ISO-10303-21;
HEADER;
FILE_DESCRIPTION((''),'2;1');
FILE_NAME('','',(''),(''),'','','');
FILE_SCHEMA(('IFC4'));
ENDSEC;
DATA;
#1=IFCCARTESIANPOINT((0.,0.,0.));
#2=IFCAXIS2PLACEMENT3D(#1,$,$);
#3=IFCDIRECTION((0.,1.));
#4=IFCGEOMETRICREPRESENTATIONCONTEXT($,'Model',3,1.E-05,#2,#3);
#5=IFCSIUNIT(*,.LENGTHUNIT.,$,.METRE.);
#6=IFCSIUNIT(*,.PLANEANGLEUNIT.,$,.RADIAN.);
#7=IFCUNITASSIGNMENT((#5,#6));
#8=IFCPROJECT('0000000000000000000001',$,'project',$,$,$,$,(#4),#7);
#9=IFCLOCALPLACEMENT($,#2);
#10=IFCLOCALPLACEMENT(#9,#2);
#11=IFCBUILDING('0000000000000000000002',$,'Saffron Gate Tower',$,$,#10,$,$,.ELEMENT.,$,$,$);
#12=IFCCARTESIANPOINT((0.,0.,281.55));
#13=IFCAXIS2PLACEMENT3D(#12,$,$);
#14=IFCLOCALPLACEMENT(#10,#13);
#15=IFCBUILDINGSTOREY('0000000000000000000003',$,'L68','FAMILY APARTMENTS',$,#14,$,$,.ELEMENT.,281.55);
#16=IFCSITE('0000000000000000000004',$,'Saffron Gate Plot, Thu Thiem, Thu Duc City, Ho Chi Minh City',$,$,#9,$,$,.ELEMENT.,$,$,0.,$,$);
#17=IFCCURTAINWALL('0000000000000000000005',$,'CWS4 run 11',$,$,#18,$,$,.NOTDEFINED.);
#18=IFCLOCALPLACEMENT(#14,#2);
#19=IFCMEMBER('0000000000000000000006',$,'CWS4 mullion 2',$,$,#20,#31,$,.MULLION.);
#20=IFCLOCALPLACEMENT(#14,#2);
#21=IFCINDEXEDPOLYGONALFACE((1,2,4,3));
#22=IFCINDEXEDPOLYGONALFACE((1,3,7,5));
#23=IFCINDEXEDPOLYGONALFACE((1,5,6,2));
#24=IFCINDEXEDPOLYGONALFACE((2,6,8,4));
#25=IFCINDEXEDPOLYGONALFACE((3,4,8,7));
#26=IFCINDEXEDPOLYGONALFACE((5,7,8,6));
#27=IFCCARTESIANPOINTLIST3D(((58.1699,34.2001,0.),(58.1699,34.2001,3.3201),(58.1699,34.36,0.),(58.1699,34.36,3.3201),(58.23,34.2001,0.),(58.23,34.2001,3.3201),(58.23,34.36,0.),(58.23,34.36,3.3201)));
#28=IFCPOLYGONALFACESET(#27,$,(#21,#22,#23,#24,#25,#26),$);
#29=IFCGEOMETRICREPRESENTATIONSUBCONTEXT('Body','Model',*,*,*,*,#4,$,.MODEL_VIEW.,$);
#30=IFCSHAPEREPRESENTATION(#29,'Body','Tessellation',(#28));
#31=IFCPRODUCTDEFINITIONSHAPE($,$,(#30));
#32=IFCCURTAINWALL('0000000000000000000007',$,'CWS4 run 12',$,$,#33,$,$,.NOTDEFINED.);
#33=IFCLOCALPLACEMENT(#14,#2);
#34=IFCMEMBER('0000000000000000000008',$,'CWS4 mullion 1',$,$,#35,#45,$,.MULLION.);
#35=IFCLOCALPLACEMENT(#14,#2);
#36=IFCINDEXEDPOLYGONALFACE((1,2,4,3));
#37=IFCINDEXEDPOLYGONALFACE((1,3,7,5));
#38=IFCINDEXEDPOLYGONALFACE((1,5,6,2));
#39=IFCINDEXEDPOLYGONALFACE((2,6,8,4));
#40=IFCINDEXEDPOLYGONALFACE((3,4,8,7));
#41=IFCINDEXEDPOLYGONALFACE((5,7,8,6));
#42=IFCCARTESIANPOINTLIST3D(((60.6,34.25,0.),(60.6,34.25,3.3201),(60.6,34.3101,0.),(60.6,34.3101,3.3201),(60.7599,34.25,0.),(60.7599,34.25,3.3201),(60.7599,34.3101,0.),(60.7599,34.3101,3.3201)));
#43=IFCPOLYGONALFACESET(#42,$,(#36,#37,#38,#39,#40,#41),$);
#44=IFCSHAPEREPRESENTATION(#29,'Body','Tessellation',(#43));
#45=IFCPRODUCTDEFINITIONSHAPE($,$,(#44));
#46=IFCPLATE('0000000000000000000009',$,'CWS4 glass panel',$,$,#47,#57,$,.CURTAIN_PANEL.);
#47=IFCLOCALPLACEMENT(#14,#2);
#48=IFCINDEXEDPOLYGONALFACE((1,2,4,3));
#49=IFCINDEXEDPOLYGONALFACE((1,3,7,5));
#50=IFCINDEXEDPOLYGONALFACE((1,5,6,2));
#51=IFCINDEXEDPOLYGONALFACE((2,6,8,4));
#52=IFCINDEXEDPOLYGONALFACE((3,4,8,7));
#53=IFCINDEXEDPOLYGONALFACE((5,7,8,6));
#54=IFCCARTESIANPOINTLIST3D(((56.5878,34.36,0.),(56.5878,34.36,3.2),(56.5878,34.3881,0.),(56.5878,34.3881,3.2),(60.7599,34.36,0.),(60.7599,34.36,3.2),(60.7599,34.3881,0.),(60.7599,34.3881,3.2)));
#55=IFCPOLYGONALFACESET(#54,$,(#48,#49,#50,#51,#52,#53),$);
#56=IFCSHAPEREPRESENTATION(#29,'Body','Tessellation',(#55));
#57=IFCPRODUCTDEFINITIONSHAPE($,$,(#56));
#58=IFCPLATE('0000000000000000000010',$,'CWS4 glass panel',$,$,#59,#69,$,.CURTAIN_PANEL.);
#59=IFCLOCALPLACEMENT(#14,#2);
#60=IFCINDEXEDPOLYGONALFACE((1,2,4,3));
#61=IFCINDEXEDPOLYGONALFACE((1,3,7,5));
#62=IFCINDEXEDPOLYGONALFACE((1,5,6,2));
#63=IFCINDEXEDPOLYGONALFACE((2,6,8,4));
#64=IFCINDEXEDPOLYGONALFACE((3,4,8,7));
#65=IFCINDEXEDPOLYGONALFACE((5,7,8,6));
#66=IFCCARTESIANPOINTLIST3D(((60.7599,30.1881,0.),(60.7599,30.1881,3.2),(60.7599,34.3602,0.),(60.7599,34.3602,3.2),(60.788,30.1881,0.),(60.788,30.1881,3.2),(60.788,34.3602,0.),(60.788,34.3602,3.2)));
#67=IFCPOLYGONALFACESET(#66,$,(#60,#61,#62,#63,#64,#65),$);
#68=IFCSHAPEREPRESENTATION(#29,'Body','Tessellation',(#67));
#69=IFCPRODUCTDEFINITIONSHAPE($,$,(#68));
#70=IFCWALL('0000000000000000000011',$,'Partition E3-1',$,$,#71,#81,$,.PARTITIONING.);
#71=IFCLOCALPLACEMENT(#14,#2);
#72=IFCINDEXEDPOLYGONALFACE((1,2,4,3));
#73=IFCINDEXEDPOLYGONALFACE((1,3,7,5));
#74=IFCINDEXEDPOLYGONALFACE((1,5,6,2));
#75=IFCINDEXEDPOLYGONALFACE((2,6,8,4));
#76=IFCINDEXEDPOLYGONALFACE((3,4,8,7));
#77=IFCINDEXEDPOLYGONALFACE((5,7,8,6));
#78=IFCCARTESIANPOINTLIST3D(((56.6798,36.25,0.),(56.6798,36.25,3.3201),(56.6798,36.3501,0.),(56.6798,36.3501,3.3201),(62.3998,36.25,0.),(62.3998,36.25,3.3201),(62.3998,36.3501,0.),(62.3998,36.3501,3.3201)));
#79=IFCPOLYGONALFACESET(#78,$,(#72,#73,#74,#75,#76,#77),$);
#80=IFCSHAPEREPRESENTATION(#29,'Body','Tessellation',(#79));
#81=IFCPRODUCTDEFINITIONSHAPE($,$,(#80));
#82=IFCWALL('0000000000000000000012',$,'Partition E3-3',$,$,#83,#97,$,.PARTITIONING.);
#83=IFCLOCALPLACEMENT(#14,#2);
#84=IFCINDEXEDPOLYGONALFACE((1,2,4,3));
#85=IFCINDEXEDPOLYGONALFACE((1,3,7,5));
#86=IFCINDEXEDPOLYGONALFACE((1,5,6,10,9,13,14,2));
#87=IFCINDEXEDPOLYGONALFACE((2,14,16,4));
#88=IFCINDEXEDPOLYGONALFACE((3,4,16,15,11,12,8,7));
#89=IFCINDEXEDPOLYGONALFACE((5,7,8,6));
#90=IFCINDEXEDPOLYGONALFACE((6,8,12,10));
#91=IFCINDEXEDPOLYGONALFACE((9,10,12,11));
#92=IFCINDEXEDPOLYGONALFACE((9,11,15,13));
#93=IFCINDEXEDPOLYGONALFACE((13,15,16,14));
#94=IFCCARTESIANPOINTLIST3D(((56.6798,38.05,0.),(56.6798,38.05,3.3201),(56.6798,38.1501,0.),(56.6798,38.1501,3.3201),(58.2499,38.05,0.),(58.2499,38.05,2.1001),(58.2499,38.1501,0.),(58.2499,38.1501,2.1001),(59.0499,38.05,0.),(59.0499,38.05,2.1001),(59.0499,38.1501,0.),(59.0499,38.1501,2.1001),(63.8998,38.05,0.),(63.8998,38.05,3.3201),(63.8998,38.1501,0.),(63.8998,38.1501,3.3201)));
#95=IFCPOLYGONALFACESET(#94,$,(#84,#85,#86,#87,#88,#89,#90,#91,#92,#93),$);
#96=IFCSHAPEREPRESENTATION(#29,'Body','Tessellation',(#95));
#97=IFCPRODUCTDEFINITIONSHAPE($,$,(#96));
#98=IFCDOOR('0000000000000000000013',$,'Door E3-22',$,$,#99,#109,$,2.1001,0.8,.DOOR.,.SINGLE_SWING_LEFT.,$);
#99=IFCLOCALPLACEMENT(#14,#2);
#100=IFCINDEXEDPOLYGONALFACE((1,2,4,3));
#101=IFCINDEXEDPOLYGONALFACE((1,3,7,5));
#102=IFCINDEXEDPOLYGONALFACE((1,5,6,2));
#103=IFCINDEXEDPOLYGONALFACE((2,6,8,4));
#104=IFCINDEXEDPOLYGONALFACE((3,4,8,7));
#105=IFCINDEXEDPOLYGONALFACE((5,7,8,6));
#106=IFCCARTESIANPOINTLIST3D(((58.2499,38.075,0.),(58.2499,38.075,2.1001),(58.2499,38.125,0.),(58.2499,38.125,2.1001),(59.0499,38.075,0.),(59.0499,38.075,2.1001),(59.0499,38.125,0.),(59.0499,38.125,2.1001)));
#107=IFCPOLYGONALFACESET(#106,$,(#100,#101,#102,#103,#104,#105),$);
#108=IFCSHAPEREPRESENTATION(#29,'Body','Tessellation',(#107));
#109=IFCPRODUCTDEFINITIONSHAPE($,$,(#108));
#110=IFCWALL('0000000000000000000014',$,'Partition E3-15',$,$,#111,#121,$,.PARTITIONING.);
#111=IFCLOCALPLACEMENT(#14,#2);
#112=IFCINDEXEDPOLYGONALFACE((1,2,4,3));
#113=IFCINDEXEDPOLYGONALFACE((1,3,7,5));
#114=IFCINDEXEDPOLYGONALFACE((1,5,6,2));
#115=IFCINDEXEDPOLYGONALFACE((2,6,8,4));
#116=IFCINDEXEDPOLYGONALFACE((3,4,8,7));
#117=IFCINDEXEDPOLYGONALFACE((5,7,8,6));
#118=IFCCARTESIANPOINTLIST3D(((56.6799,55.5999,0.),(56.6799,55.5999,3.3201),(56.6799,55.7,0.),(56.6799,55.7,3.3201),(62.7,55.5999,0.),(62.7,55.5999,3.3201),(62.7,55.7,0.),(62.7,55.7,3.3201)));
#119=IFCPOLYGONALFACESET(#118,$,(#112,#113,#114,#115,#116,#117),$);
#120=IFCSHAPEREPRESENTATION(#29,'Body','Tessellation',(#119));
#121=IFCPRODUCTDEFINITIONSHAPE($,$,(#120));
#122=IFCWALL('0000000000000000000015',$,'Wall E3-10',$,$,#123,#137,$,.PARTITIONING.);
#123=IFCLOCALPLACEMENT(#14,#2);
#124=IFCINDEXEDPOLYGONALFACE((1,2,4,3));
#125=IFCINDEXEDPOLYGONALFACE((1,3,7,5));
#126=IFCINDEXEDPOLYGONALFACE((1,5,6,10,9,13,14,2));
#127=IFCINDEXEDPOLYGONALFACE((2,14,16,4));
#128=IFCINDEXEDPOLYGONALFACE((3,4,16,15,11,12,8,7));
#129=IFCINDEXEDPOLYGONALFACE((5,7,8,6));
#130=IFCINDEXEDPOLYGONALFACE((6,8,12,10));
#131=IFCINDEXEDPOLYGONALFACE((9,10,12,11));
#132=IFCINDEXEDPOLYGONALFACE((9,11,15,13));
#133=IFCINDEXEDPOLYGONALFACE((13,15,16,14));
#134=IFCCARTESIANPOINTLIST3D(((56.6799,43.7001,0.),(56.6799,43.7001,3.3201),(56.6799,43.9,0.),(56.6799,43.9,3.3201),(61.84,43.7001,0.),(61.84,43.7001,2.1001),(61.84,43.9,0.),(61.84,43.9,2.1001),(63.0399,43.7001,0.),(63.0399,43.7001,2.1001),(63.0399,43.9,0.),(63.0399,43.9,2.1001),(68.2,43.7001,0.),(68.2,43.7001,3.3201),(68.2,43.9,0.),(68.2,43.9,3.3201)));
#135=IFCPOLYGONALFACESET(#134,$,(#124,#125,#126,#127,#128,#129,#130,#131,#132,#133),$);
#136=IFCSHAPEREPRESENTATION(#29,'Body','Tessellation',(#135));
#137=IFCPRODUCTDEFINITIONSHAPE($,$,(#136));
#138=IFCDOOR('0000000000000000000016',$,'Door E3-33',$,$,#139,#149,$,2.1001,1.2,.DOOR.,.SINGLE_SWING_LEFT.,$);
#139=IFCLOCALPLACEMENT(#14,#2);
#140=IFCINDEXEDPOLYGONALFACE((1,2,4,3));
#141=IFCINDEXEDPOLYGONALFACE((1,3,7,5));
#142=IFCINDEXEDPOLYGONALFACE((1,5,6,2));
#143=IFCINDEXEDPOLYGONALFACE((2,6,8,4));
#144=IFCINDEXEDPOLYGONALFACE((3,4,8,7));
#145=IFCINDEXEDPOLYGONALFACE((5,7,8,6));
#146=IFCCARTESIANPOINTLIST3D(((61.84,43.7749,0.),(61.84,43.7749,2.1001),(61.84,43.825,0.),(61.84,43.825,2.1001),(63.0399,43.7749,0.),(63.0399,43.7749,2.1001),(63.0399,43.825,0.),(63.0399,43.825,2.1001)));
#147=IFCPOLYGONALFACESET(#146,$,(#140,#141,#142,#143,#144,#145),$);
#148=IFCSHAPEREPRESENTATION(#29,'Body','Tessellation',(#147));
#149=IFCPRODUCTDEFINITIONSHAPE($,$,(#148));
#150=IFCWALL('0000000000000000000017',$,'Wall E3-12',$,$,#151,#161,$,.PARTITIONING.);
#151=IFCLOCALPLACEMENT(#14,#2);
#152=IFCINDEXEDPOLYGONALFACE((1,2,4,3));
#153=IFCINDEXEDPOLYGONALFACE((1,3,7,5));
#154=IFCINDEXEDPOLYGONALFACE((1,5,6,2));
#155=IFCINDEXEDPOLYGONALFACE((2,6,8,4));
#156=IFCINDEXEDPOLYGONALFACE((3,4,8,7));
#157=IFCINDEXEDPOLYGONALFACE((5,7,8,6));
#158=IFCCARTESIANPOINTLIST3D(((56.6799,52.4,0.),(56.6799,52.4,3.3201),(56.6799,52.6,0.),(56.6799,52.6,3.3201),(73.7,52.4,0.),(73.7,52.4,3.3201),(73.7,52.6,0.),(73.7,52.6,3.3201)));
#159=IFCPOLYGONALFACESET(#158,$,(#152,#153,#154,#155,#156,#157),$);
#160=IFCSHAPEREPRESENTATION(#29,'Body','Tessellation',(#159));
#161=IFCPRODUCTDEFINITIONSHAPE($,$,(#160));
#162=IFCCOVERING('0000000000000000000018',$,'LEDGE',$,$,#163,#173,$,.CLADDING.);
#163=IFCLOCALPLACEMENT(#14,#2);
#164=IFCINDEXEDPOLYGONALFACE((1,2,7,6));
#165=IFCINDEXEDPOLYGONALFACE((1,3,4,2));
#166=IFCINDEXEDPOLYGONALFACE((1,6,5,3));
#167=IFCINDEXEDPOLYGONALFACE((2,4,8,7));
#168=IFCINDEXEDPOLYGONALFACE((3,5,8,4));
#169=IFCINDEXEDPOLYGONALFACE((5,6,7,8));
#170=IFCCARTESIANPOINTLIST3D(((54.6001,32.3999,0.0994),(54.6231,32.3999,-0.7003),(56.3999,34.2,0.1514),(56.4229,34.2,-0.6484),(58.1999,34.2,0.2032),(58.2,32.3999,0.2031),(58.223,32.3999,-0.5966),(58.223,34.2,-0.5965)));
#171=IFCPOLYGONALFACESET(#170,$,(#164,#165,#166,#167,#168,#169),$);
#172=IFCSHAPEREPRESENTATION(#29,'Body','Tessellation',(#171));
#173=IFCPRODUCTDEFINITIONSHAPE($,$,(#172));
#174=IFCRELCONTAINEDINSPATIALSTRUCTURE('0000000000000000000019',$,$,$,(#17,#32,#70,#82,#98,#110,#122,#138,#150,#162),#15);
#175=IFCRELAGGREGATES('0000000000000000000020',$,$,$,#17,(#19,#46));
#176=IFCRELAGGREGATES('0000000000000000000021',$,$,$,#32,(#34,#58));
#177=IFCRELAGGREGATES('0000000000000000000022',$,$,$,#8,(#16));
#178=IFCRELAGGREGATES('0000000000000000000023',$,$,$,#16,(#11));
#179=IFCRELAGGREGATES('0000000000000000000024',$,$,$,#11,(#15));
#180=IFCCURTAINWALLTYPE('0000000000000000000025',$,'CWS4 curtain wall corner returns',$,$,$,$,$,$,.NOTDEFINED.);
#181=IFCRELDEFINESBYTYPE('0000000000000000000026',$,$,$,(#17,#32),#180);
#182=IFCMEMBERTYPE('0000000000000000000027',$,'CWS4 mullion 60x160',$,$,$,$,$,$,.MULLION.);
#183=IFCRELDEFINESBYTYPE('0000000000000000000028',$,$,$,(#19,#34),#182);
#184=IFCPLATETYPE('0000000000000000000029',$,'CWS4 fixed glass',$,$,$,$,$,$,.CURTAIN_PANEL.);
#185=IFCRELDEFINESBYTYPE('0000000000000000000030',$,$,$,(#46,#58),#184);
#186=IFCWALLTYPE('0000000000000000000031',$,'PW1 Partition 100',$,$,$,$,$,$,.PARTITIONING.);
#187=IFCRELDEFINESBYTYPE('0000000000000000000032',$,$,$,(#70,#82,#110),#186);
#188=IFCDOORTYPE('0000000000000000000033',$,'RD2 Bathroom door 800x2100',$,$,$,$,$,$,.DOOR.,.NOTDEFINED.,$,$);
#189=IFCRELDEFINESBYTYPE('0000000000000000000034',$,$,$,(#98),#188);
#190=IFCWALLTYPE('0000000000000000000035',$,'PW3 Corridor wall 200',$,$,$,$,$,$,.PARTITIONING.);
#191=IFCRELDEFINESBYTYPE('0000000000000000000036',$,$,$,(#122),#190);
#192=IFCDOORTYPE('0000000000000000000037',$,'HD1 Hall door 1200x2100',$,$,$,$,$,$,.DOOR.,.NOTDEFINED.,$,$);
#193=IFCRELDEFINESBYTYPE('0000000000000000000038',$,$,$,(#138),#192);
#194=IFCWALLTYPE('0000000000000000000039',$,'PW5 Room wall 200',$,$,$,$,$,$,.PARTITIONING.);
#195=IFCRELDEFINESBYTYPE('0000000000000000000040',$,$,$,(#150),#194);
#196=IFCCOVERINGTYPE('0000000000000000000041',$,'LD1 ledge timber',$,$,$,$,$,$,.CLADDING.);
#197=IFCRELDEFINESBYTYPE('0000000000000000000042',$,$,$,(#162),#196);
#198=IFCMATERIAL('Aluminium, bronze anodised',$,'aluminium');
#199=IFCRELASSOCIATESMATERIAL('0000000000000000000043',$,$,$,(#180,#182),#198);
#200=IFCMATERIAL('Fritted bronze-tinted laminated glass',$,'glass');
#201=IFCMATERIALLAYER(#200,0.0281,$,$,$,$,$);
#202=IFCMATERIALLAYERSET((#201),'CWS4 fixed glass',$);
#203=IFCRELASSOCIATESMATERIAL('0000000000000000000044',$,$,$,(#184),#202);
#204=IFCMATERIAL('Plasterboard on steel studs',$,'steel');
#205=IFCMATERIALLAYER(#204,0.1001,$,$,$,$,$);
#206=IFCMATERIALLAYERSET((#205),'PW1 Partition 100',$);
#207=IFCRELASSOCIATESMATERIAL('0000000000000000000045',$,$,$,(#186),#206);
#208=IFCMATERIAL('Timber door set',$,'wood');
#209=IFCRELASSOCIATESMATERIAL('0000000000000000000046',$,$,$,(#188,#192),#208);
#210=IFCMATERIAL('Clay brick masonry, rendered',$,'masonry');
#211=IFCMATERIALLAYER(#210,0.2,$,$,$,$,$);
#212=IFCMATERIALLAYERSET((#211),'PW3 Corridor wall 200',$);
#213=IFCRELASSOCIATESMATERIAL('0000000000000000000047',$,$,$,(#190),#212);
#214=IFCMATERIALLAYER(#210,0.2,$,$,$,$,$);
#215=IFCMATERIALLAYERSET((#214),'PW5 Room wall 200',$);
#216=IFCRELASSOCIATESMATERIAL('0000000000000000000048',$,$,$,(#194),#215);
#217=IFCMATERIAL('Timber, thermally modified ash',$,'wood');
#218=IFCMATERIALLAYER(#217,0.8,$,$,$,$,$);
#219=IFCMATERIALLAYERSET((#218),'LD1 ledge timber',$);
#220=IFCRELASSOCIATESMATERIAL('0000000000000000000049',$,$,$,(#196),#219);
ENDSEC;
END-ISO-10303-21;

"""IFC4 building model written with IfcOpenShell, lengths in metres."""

from ifc_helpers import new_model, si_unit, direction, frame, frame_2d, origin, origin_2d, place, context, subcontext, project, spatial, polyline, rectangle, outline, extrude, material, layer, layer_set, material_profile, profile_set, type_object, element, fill, aggregate, save


model = new_model("IFC4")

# Units and contexts
model_context = context("Model", 3, precision=1e-05, world=origin(), true_north=direction((0.0, 1.0)))
body_context = subcontext(model_context, "Body", "Model", "MODEL_VIEW")
ifc_project = project(units=[si_unit("LENGTHUNIT", "METRE"), si_unit("PLANEANGLEUNIT", "RADIAN")], contexts=[model_context])

# Site, building, storey
site_placement = place(None, origin())
site = spatial("IfcSite", under=ifc_project, at=site_placement, Name="Saffron Gate Plot, Thu Thiem, Thu Duc City, Ho Chi Minh City", CompositionType="ELEMENT", RefElevation=0.0)
building_placement = place(site_placement, origin())
building = spatial("IfcBuilding", under=site, at=building_placement, Name="Saffron Gate Tower", CompositionType="ELEMENT")
storey_placement = place(building_placement, frame((0.0, 0.0, 281.55)))
storey = spatial("IfcBuildingStorey", under=building, at=storey_placement, Name="L68", Description="FAMILY APARTMENTS", CompositionType="ELEMENT", Elevation=281.55)

# Curtain wall, member
ifc_material_1 = material(Name="Aluminium, bronze anodised", Category="aluminium")
curtain_wall_type_1 = type_object("IfcCurtainWallType", Name="CWS4 curtain wall corner returns", PredefinedType="NOTDEFINED", material=ifc_material_1)
curtain_wall_1_placement = place(storey_placement, origin())
curtain_wall_1 = element("IfcCurtainWall", 1, at=curtain_wall_1_placement, inside=storey, type_object=curtain_wall_type_1, Name="CWS4 run 11", PredefinedType="NOTDEFINED")
ifc_material_profile_1 = material_profile(ifc_material_1, rectangle(XDim=0.1599, YDim=0.0601, at=origin_2d()))
ifc_profile_set_1 = profile_set([ifc_material_profile_1], Name="Aluminium, bronze anodised")
member_type_1 = type_object("IfcMemberType", Name="CWS4 mullion 60x160", PredefinedType="MULLION", material=ifc_profile_set_1)
member_1_placement = place(storey_placement, frame((58.2, 34.28, 0.0), z_axis=(0.0, 0.0, 1.0), x_axis=(0.0, 1.0, 0.0)))
member_1 = element("IfcMember", 2, at=member_1_placement, type_object=member_type_1, Name="CWS4 mullion 2", PredefinedType="MULLION", context=body_context, shape_type="SweptSolid", body=[
    extrude(rectangle(XDim=0.1599, YDim=0.0601, at=origin_2d()), origin(), (0.0, 0.0, 1.0), 3.3201),
])

# Curtain wall, member
curtain_wall_2_placement = place(storey_placement, origin())
curtain_wall_2 = element("IfcCurtainWall", 3, at=curtain_wall_2_placement, inside=storey, type_object=curtain_wall_type_1, Name="CWS4 run 12", PredefinedType="NOTDEFINED")
member_2_placement = place(storey_placement, frame((60.6799, 34.28, 0.0), z_axis=(0.0, 0.0, 1.0), x_axis=(1.0, 0.0, 0.0)))
member_2 = element("IfcMember", 4, at=member_2_placement, type_object=member_type_1, Name="CWS4 mullion 1", PredefinedType="MULLION", context=body_context, shape_type="SweptSolid", body=[
    extrude(rectangle(XDim=0.1599, YDim=0.0601, at=origin_2d()), origin(), (0.0, 0.0, 1.0), 3.3201),
])

# Plates
ifc_material_2 = material(Name="Fritted bronze-tinted laminated glass", Category="glass")
ifc_layer_1 = layer(ifc_material_2, 0.0281)
ifc_layer_set_1 = layer_set([ifc_layer_1], Name="CWS4 fixed glass")
plate_type = type_object("IfcPlateType", Name="CWS4 fixed glass", PredefinedType="CURTAIN_PANEL", material=ifc_layer_set_1)
plate_1_placement = place(storey_placement, frame((56.5879, 34.374, 0.0), z_axis=(0.0, 0.0, 1.0), x_axis=(1.0, 0.0, 0.0)))
plate_1 = element("IfcPlate", 5, at=plate_1_placement, type_object=plate_type, Name="CWS4 glass panel", PredefinedType="CURTAIN_PANEL", context=body_context, shape_type="SweptSolid", body=[
    extrude(rectangle(XDim=4.1721, YDim=0.0281, at=frame_2d((2.0859, 0.0))), origin(), (0.0, 0.0, 1.0), 3.2),
])
aggregate(curtain_wall_1, [member_1, plate_1])
plate_2_placement = place(storey_placement, frame((60.7739, 34.3601, 0.0), z_axis=(0.0, 0.0, 1.0), x_axis=(0.0, -1.0, 0.0)))
plate_2 = element("IfcPlate", 6, at=plate_2_placement, type_object=plate_type, Name="CWS4 glass panel", PredefinedType="CURTAIN_PANEL", context=body_context, shape_type="SweptSolid", body=[
    extrude(rectangle(XDim=4.1721, YDim=0.0281, at=frame_2d((2.0859, 0.0))), origin(), (0.0, 0.0, 1.0), 3.2),
])
aggregate(curtain_wall_2, [member_2, plate_2])

# Wall
ifc_material_3 = material(Name="Plasterboard on steel studs", Category="steel")
ifc_layer_2 = layer(ifc_material_3, 0.1001)
ifc_layer_set_2 = layer_set([ifc_layer_2], Name="PW1 Partition 100")
wall_type_1 = type_object("IfcWallType", Name="PW1 Partition 100", PredefinedType="PARTITIONING", material=ifc_layer_set_2)
wall_1_placement = place(storey_placement, frame((56.6799, 36.3, 0.0), z_axis=(0.0, 0.0, 1.0), x_axis=(1.0, 0.0, 0.0)))
element("IfcWall", 7, at=wall_1_placement, inside=storey, type_object=wall_type_1, Name="Partition E3-1", PredefinedType="PARTITIONING", context=body_context, shape_type="SweptSolid", body=[
    extrude(rectangle(XDim=5.72, YDim=0.1001, at=frame_2d((2.8599, 0.0))), origin(), (0.0, 0.0, 1.0), 3.3201),
])

# Wall, opening, door
wall_2_placement = place(storey_placement, frame((56.6799, 38.1001, 0.0), z_axis=(0.0, 0.0, 1.0), x_axis=(1.0, 0.0, 0.0)))
wall_2 = element("IfcWall", 8, at=wall_2_placement, inside=storey, type_object=wall_type_1, Name="Partition E3-3", PredefinedType="PARTITIONING", context=body_context, shape_type="SweptSolid", body=[
    extrude(rectangle(XDim=7.22, YDim=0.1001, at=frame_2d((3.6099, 0.0))), origin(), (0.0, 0.0, 1.0), 3.3201),
])
opening_1_placement = place(wall_2_placement, frame((1.5701, 0.0, 0.0)))
opening_1 = element("IfcOpeningElement", 9, at=opening_1_placement, cuts=wall_2, PredefinedType="OPENING", context=body_context, shape_type="SweptSolid", body=[
    extrude(rectangle(XDim=0.8, YDim=2.1001, at=frame_2d((0.3999, 1.05))), frame((0.0, 0.0601, 0.0), z_axis=(0.0, -1.0, 0.0), x_axis=(1.0, 0.0, 0.0)), (0.0, 0.0, 1.0), 0.1201),
])
ifc_material_4 = material(Name="Timber door set", Category="wood")
door_type_1 = type_object("IfcDoorType", Name="RD2 Bathroom door 800x2100", OperationType="NOTDEFINED", PredefinedType="DOOR", material=ifc_material_4)
door_1_placement = place(opening_1_placement, origin())
door_1 = element("IfcDoor", 10, at=door_1_placement, inside=storey, type_object=door_type_1, Name="Door E3-22", OperationType="SINGLE_SWING_LEFT", OverallHeight=2.1001, OverallWidth=0.8, PredefinedType="DOOR", context=body_context, shape_type="SweptSolid", body=[
    extrude(rectangle(XDim=0.8, YDim=2.1001, at=frame_2d((0.3999, 1.05))), frame((0.0, 0.0249, 0.0), z_axis=(0.0, -1.0, 0.0), x_axis=(1.0, 0.0, 0.0)), (0.0, 0.0, 1.0), 0.05),
])
fill(opening_1, door_1)

# Wall
wall_3_placement = place(storey_placement, frame((56.6799, 55.6499, 0.0), z_axis=(0.0, 0.0, 1.0), x_axis=(1.0, 0.0, 0.0)))
element("IfcWall", 11, at=wall_3_placement, inside=storey, type_object=wall_type_1, Name="Partition E3-15", PredefinedType="PARTITIONING", context=body_context, shape_type="SweptSolid", body=[
    extrude(rectangle(XDim=6.02, YDim=0.1001, at=frame_2d((3.01, 0.0))), origin(), (0.0, 0.0, 1.0), 3.3201),
])

# Wall, opening, door
ifc_material_5 = material(Name="Clay brick masonry, rendered", Category="masonry")
ifc_layer_3 = layer(ifc_material_5, 0.2)
ifc_layer_set_3 = layer_set([ifc_layer_3], Name="PW3 Corridor wall 200")
wall_type_2 = type_object("IfcWallType", Name="PW3 Corridor wall 200", PredefinedType="PARTITIONING", material=ifc_layer_set_3)
wall_4_placement = place(storey_placement, frame((56.6799, 43.8, 0.0), z_axis=(0.0, 0.0, 1.0), x_axis=(1.0, 0.0, 0.0)))
wall_4 = element("IfcWall", 12, at=wall_4_placement, inside=storey, type_object=wall_type_2, Name="Wall E3-10", PredefinedType="PARTITIONING", context=body_context, shape_type="SweptSolid", body=[
    extrude(rectangle(XDim=11.52, YDim=0.2, at=frame_2d((5.76, 0.0))), origin(), (0.0, 0.0, 1.0), 3.3201),
])
opening_2_placement = place(wall_4_placement, frame((5.1599, 0.0, 0.0)))
opening_2 = element("IfcOpeningElement", 13, at=opening_2_placement, cuts=wall_4, PredefinedType="OPENING", context=body_context, shape_type="SweptSolid", body=[
    extrude(rectangle(XDim=1.2, YDim=2.1001, at=frame_2d((0.6001, 1.05))), frame((0.0, 0.1099, 0.0), z_axis=(0.0, -1.0, 0.0), x_axis=(1.0, 0.0, 0.0)), (0.0, 0.0, 1.0), 0.22),
])
door_type_2 = type_object("IfcDoorType", Name="HD1 Hall door 1200x2100", OperationType="NOTDEFINED", PredefinedType="DOOR", material=ifc_material_4)
door_2_placement = place(opening_2_placement, origin())
door_2 = element("IfcDoor", 14, at=door_2_placement, inside=storey, type_object=door_type_2, Name="Door E3-33", OperationType="SINGLE_SWING_LEFT", OverallHeight=2.1001, OverallWidth=1.2, PredefinedType="DOOR", context=body_context, shape_type="SweptSolid", body=[
    extrude(rectangle(XDim=1.2, YDim=2.1001, at=frame_2d((0.6001, 1.05))), frame((0.0, 0.0249, 0.0), z_axis=(0.0, -1.0, 0.0), x_axis=(1.0, 0.0, 0.0)), (0.0, 0.0, 1.0), 0.05),
])
fill(opening_2, door_2)

# Wall
ifc_layer_4 = layer(ifc_material_5, 0.2)
ifc_layer_set_4 = layer_set([ifc_layer_4], Name="PW5 Room wall 200")
wall_type_3 = type_object("IfcWallType", Name="PW5 Room wall 200", PredefinedType="PARTITIONING", material=ifc_layer_set_4)
wall_5_placement = place(storey_placement, frame((56.6799, 52.5, 0.0), z_axis=(0.0, 0.0, 1.0), x_axis=(1.0, 0.0, 0.0)))
element("IfcWall", 15, at=wall_5_placement, inside=storey, type_object=wall_type_3, Name="Wall E3-12", PredefinedType="PARTITIONING", context=body_context, shape_type="SweptSolid", body=[
    extrude(rectangle(XDim=17.02, YDim=0.2, at=frame_2d((8.51, 0.0))), origin(), (0.0, 0.0, 1.0), 3.3201),
])

# Covering
ifc_material_6 = material(Name="Timber, thermally modified ash", Category="wood")
ifc_layer_5 = layer(ifc_material_6, 0.8)
ifc_layer_set_5 = layer_set([ifc_layer_5], Name="LD1 ledge timber")
covering_type = type_object("IfcCoveringType", Name="LD1 ledge timber", PredefinedType="CLADDING", material=ifc_layer_set_5)
covering_1_placement = place(storey_placement, frame((56.3999, 34.2, 0.1514), z_axis=(-0.028788, -0.000046, 0.999586), x_axis=(0.999586, 0.0, 0.028788)))
element("IfcCovering", 16, at=covering_1_placement, inside=storey, type_object=covering_type, Name="LEDGE", PredefinedType="CLADDING", context=body_context, shape_type="SweptSolid", body=[
    extrude(outline(polyline([(0.0, 0.0), (1.8008, 0.0), (1.8008, -1.8), (-1.8006, -1.8), (0.0, 0.0)])), origin(), (0.0, 0.0, -1.0), 0.8),
])

save(model, "model.ifc")
